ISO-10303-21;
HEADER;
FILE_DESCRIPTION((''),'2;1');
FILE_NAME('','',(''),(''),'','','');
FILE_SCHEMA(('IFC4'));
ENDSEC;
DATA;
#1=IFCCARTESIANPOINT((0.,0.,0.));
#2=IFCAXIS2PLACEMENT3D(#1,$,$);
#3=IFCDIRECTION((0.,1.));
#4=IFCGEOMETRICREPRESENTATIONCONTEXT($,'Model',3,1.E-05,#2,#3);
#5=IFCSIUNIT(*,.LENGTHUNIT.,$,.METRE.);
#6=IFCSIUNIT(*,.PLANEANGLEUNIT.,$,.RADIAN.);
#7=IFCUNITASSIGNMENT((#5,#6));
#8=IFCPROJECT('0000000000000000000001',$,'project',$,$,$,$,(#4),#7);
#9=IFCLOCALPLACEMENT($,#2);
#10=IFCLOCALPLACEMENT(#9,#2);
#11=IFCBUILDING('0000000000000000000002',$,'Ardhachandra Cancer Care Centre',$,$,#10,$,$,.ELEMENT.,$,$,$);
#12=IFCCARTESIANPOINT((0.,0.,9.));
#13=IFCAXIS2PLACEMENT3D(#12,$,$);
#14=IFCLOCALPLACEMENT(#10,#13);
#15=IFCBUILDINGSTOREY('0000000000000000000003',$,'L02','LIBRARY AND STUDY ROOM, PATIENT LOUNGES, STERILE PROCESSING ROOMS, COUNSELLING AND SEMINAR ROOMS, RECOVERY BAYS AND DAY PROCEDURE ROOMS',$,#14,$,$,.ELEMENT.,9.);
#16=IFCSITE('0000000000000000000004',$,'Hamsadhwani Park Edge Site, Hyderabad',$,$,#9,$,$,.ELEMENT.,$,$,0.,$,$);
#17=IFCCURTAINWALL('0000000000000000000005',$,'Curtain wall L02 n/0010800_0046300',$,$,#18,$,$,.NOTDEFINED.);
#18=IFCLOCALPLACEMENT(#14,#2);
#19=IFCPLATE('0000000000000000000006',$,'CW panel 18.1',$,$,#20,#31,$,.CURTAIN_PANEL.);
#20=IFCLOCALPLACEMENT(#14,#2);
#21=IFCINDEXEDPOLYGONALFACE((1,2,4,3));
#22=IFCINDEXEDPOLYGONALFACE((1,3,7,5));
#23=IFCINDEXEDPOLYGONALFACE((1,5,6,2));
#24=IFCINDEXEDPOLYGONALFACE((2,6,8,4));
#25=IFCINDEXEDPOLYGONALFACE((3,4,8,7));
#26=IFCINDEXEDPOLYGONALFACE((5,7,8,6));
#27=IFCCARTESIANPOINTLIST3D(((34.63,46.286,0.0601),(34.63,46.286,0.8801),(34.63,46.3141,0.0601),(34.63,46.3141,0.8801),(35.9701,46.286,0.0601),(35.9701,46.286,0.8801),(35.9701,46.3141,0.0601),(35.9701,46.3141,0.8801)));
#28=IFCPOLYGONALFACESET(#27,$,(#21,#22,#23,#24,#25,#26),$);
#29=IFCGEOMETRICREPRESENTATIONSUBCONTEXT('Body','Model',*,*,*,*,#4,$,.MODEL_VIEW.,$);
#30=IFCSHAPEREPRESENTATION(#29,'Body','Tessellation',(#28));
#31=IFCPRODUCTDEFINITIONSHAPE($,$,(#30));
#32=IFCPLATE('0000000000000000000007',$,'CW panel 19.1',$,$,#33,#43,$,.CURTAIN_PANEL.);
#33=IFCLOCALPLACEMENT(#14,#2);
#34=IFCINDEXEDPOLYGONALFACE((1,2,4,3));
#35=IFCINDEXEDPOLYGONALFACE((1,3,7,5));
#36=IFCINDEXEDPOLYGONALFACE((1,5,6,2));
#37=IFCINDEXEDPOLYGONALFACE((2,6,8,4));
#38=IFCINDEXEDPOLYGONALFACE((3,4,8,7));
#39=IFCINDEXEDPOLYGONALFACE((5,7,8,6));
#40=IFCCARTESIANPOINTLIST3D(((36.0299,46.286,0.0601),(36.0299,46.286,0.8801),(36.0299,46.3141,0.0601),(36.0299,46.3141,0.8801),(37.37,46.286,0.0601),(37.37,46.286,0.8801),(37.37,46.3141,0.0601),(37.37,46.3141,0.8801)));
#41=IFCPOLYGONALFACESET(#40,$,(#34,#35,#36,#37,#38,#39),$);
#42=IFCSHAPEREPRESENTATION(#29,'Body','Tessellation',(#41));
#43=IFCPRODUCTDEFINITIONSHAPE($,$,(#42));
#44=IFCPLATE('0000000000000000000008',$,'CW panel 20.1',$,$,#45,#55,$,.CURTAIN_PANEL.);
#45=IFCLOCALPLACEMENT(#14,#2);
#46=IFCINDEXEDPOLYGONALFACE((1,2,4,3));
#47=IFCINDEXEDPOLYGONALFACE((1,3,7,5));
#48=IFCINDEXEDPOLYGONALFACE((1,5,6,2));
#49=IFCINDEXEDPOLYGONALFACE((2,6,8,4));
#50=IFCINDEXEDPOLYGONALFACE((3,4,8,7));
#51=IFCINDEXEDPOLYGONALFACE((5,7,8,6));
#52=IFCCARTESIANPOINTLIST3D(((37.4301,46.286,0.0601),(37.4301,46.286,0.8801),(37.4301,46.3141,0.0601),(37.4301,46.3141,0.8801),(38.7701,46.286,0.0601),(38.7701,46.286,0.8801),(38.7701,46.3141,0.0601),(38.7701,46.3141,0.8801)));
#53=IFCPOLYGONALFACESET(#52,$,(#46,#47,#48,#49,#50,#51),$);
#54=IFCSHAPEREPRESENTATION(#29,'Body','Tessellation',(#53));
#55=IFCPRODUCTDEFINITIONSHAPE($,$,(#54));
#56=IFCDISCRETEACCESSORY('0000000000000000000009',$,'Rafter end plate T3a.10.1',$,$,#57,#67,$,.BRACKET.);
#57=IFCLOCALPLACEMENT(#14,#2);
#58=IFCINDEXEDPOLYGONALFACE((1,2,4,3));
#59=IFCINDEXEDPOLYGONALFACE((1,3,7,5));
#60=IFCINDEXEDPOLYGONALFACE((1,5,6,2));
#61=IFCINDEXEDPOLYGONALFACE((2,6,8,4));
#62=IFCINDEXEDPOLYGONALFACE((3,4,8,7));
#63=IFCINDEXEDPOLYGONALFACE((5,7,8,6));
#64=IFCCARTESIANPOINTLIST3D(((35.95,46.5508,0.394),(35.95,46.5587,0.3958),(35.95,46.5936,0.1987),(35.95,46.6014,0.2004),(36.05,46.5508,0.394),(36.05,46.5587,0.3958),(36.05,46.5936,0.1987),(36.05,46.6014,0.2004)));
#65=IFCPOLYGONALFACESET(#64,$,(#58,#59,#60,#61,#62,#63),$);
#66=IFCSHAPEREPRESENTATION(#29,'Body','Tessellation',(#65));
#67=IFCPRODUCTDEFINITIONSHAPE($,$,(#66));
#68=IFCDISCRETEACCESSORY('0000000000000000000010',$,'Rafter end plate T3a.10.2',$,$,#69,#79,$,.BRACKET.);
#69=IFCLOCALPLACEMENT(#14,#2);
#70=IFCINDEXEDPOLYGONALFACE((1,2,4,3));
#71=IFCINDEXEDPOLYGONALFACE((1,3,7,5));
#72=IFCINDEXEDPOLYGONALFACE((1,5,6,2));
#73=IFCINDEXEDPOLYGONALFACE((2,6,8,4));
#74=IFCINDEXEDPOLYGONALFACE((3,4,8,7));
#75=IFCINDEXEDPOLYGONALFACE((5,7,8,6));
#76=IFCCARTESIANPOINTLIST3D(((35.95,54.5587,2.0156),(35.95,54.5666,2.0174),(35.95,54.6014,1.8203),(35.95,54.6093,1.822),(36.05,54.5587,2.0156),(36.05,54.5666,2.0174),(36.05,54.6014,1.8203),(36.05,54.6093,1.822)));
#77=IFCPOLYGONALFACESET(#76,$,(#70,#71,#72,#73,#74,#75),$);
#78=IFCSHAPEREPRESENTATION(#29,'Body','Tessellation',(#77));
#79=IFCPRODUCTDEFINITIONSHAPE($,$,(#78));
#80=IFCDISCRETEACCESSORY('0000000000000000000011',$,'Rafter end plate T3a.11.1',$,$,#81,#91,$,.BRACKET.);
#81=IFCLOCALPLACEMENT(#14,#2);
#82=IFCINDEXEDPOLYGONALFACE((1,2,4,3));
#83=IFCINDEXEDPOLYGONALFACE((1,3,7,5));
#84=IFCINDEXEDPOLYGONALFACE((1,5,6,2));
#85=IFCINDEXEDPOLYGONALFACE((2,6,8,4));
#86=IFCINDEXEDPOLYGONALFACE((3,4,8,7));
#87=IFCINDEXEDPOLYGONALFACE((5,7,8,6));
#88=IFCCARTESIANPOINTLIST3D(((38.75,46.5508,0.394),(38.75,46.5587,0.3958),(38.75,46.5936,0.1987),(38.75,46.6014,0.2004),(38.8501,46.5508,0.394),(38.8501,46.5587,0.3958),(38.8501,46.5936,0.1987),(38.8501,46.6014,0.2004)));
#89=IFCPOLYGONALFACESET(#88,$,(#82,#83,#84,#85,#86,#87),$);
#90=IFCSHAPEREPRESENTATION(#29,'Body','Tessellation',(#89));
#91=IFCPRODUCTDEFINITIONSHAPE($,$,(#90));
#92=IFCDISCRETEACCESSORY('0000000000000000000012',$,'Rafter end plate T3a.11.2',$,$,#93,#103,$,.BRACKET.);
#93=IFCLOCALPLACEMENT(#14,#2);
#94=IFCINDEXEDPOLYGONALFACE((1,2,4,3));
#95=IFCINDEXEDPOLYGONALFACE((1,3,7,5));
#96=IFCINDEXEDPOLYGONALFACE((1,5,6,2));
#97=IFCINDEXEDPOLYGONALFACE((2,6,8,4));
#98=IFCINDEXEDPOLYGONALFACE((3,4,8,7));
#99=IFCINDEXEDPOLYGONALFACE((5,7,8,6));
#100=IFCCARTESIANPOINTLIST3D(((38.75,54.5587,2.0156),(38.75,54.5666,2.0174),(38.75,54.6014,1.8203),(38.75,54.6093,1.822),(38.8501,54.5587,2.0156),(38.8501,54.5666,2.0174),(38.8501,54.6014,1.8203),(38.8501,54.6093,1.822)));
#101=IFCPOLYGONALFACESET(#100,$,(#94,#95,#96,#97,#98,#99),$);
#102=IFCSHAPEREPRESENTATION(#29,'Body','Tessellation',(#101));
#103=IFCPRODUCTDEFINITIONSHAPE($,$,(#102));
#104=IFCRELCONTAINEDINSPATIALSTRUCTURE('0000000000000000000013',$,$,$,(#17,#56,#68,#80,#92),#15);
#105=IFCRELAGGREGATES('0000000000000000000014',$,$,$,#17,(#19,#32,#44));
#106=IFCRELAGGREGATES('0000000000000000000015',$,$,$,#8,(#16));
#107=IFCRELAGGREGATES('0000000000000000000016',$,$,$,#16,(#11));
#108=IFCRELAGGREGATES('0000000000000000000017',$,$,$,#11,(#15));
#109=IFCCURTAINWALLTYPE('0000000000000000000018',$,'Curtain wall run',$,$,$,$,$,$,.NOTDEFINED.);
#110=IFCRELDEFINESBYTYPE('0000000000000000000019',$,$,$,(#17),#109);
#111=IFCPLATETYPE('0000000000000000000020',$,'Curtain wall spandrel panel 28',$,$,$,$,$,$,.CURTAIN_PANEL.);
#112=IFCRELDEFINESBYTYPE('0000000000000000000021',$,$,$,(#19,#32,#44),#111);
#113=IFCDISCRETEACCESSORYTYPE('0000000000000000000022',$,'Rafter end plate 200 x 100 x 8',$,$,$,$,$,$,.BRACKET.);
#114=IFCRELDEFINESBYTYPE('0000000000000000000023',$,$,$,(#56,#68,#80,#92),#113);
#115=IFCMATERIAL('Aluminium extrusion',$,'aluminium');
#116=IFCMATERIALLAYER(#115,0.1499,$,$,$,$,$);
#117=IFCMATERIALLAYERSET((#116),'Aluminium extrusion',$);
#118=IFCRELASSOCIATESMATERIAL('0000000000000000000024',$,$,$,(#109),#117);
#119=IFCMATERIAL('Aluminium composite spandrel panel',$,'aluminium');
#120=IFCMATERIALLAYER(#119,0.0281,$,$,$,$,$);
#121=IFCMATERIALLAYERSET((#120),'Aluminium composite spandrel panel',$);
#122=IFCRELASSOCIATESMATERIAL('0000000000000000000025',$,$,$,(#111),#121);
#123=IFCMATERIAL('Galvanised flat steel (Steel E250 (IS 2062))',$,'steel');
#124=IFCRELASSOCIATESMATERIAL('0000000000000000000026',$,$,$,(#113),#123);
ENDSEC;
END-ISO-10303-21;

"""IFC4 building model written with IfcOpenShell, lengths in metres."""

from ifc_helpers import new_model, si_unit, direction, frame, origin, origin_2d, place, context, subcontext, project, spatial, rectangle, extrude, material, layer, layer_set, material_profile, profile_set, type_object, element, aggregate, save


model = new_model("IFC4")

# Units and contexts
model_context = context("Model", 3, precision=1e-05, world=origin(), true_north=direction((0.0, 1.0)))
body_context = subcontext(model_context, "Body", "Model", "MODEL_VIEW")
ifc_project = project(units=[si_unit("LENGTHUNIT", "METRE"), si_unit("PLANEANGLEUNIT", "RADIAN")], contexts=[model_context])

# Site, building, storey
site_placement = place(None, origin())
site = spatial("IfcSite", under=ifc_project, at=site_placement, Name="Hamsadhwani Park Edge Site, Hyderabad", CompositionType="ELEMENT", RefElevation=0.0)
building_placement = place(site_placement, origin())
building = spatial("IfcBuilding", under=site, at=building_placement, Name="Ardhachandra Cancer Care Centre", CompositionType="ELEMENT")
storey_placement = place(building_placement, frame((0.0, 0.0, 9.0)))
storey = spatial("IfcBuildingStorey", under=building, at=storey_placement, Name="L02", Description="LIBRARY AND STUDY ROOM, PATIENT LOUNGES, STERILE PROCESSING ROOMS, COUNSELLING AND SEMINAR ROOMS, RECOVERY BAYS AND DAY PROCEDURE ROOMS", CompositionType="ELEMENT", Elevation=9.0)

# Curtain wall
ifc_material_1 = material(Name="Aluminium extrusion", Category="aluminium")
ifc_layer_1 = layer(ifc_material_1, 0.1499)
ifc_layer_set_1 = layer_set([ifc_layer_1], Name="Aluminium extrusion")
curtain_wall_type = type_object("IfcCurtainWallType", Name="Curtain wall run", PredefinedType="NOTDEFINED", material=ifc_layer_set_1)
curtain_wall_placement = place(storey_placement, origin())
curtain_wall = element("IfcCurtainWall", 1, at=curtain_wall_placement, inside=storey, type_object=curtain_wall_type, Name="Curtain wall L02 n/0010800_0046300", PredefinedType="NOTDEFINED")

# Plates
ifc_material_2 = material(Name="Aluminium composite spandrel panel", Category="aluminium")
ifc_layer_2 = layer(ifc_material_2, 0.0281)
ifc_layer_set_2 = layer_set([ifc_layer_2], Name="Aluminium composite spandrel panel")
plate_type_1 = type_object("IfcPlateType", Name="Curtain wall spandrel panel 28", PredefinedType="CURTAIN_PANEL", material=ifc_layer_set_2)
plate_1_placement = place(storey_placement, frame((35.3, 46.3, 0.0601), z_axis=(0.0, 0.0, 1.0), x_axis=(1.0, 0.0, 0.0)))
plate_1 = element("IfcPlate", 2, at=plate_1_placement, type_object=plate_type_1, Name="CW panel 18.1", PredefinedType="CURTAIN_PANEL", context=body_context, shape_type="SweptSolid", body=[
    extrude(rectangle(XDim=1.3401, YDim=0.0281, at=origin_2d()), origin(), (0.0, 0.0, 1.0), 0.8201),
])
plate_2_placement = place(storey_placement, frame((36.7, 46.3, 0.0601), z_axis=(0.0, 0.0, 1.0), x_axis=(1.0, 0.0, 0.0)))
plate_2 = element("IfcPlate", 3, at=plate_2_placement, type_object=plate_type_1, Name="CW panel 19.1", PredefinedType="CURTAIN_PANEL", context=body_context, shape_type="SweptSolid", body=[
    extrude(rectangle(XDim=1.3401, YDim=0.0281, at=origin_2d()), origin(), (0.0, 0.0, 1.0), 0.8201),
])
plate_3_placement = place(storey_placement, frame((38.1001, 46.3, 0.0601), z_axis=(0.0, 0.0, 1.0), x_axis=(1.0, 0.0, 0.0)))
plate_3 = element("IfcPlate", 4, at=plate_3_placement, type_object=plate_type_1, Name="CW panel 20.1", PredefinedType="CURTAIN_PANEL", context=body_context, shape_type="SweptSolid", body=[
    extrude(rectangle(XDim=1.3401, YDim=0.0281, at=origin_2d()), origin(), (0.0, 0.0, 1.0), 0.8201),
])
aggregate(curtain_wall, [plate_1, plate_2, plate_3])

# Discrete accessories
ifc_material_3 = material(Name="Galvanised flat steel (Steel E250 (IS 2062))", Category="steel")
ifc_material_profile_1 = material_profile(ifc_material_3, rectangle(XDim=0.1001, YDim=0.2, at=origin_2d()), Name="Rafter end plate 200 x 100 x 8")
ifc_profile_set_1 = profile_set([ifc_material_profile_1], Name="Galvanised flat steel (Steel E250 (IS 2062))")
discrete_accessory_type = type_object("IfcDiscreteAccessoryType", Name="Rafter end plate 200 x 100 x 8", PredefinedType="BRACKET", material=ifc_profile_set_1)
for number, where, z_axis, x_axis, name in (
    (5, (36.0, 46.5801, 0.2981), (0.0, -0.9769, -0.213697), (1.0, 0.0, 0.0), "Rafter end plate T3a.10.1"),
    (6, (36.0, 54.5801, 1.918), (0.0, 0.9769, 0.213697), (-1.0, 0.0, 0.0), "Rafter end plate T3a.10.2"),
    (7, (38.8, 46.5801, 0.2981), (0.0, -0.9769, -0.213697), (1.0, 0.0, 0.0), "Rafter end plate T3a.11.1"),
    (8, (38.8, 54.5801, 1.918), (0.0, 0.9769, 0.213697), (-1.0, 0.0, 0.0), "Rafter end plate T3a.11.2"),
):
    element("IfcDiscreteAccessory", number, at=place(storey_placement, frame(where, z_axis=z_axis, x_axis=x_axis)), inside=storey, type_object=discrete_accessory_type, Name=name, PredefinedType="BRACKET", context=body_context, shape_type="SweptSolid", body=[
        extrude(rectangle(XDim=0.1001, YDim=0.2, at=origin_2d()), origin(), (0.0, 0.0, 1.0), 0.0081),
    ])

save(model, "model.ifc")
